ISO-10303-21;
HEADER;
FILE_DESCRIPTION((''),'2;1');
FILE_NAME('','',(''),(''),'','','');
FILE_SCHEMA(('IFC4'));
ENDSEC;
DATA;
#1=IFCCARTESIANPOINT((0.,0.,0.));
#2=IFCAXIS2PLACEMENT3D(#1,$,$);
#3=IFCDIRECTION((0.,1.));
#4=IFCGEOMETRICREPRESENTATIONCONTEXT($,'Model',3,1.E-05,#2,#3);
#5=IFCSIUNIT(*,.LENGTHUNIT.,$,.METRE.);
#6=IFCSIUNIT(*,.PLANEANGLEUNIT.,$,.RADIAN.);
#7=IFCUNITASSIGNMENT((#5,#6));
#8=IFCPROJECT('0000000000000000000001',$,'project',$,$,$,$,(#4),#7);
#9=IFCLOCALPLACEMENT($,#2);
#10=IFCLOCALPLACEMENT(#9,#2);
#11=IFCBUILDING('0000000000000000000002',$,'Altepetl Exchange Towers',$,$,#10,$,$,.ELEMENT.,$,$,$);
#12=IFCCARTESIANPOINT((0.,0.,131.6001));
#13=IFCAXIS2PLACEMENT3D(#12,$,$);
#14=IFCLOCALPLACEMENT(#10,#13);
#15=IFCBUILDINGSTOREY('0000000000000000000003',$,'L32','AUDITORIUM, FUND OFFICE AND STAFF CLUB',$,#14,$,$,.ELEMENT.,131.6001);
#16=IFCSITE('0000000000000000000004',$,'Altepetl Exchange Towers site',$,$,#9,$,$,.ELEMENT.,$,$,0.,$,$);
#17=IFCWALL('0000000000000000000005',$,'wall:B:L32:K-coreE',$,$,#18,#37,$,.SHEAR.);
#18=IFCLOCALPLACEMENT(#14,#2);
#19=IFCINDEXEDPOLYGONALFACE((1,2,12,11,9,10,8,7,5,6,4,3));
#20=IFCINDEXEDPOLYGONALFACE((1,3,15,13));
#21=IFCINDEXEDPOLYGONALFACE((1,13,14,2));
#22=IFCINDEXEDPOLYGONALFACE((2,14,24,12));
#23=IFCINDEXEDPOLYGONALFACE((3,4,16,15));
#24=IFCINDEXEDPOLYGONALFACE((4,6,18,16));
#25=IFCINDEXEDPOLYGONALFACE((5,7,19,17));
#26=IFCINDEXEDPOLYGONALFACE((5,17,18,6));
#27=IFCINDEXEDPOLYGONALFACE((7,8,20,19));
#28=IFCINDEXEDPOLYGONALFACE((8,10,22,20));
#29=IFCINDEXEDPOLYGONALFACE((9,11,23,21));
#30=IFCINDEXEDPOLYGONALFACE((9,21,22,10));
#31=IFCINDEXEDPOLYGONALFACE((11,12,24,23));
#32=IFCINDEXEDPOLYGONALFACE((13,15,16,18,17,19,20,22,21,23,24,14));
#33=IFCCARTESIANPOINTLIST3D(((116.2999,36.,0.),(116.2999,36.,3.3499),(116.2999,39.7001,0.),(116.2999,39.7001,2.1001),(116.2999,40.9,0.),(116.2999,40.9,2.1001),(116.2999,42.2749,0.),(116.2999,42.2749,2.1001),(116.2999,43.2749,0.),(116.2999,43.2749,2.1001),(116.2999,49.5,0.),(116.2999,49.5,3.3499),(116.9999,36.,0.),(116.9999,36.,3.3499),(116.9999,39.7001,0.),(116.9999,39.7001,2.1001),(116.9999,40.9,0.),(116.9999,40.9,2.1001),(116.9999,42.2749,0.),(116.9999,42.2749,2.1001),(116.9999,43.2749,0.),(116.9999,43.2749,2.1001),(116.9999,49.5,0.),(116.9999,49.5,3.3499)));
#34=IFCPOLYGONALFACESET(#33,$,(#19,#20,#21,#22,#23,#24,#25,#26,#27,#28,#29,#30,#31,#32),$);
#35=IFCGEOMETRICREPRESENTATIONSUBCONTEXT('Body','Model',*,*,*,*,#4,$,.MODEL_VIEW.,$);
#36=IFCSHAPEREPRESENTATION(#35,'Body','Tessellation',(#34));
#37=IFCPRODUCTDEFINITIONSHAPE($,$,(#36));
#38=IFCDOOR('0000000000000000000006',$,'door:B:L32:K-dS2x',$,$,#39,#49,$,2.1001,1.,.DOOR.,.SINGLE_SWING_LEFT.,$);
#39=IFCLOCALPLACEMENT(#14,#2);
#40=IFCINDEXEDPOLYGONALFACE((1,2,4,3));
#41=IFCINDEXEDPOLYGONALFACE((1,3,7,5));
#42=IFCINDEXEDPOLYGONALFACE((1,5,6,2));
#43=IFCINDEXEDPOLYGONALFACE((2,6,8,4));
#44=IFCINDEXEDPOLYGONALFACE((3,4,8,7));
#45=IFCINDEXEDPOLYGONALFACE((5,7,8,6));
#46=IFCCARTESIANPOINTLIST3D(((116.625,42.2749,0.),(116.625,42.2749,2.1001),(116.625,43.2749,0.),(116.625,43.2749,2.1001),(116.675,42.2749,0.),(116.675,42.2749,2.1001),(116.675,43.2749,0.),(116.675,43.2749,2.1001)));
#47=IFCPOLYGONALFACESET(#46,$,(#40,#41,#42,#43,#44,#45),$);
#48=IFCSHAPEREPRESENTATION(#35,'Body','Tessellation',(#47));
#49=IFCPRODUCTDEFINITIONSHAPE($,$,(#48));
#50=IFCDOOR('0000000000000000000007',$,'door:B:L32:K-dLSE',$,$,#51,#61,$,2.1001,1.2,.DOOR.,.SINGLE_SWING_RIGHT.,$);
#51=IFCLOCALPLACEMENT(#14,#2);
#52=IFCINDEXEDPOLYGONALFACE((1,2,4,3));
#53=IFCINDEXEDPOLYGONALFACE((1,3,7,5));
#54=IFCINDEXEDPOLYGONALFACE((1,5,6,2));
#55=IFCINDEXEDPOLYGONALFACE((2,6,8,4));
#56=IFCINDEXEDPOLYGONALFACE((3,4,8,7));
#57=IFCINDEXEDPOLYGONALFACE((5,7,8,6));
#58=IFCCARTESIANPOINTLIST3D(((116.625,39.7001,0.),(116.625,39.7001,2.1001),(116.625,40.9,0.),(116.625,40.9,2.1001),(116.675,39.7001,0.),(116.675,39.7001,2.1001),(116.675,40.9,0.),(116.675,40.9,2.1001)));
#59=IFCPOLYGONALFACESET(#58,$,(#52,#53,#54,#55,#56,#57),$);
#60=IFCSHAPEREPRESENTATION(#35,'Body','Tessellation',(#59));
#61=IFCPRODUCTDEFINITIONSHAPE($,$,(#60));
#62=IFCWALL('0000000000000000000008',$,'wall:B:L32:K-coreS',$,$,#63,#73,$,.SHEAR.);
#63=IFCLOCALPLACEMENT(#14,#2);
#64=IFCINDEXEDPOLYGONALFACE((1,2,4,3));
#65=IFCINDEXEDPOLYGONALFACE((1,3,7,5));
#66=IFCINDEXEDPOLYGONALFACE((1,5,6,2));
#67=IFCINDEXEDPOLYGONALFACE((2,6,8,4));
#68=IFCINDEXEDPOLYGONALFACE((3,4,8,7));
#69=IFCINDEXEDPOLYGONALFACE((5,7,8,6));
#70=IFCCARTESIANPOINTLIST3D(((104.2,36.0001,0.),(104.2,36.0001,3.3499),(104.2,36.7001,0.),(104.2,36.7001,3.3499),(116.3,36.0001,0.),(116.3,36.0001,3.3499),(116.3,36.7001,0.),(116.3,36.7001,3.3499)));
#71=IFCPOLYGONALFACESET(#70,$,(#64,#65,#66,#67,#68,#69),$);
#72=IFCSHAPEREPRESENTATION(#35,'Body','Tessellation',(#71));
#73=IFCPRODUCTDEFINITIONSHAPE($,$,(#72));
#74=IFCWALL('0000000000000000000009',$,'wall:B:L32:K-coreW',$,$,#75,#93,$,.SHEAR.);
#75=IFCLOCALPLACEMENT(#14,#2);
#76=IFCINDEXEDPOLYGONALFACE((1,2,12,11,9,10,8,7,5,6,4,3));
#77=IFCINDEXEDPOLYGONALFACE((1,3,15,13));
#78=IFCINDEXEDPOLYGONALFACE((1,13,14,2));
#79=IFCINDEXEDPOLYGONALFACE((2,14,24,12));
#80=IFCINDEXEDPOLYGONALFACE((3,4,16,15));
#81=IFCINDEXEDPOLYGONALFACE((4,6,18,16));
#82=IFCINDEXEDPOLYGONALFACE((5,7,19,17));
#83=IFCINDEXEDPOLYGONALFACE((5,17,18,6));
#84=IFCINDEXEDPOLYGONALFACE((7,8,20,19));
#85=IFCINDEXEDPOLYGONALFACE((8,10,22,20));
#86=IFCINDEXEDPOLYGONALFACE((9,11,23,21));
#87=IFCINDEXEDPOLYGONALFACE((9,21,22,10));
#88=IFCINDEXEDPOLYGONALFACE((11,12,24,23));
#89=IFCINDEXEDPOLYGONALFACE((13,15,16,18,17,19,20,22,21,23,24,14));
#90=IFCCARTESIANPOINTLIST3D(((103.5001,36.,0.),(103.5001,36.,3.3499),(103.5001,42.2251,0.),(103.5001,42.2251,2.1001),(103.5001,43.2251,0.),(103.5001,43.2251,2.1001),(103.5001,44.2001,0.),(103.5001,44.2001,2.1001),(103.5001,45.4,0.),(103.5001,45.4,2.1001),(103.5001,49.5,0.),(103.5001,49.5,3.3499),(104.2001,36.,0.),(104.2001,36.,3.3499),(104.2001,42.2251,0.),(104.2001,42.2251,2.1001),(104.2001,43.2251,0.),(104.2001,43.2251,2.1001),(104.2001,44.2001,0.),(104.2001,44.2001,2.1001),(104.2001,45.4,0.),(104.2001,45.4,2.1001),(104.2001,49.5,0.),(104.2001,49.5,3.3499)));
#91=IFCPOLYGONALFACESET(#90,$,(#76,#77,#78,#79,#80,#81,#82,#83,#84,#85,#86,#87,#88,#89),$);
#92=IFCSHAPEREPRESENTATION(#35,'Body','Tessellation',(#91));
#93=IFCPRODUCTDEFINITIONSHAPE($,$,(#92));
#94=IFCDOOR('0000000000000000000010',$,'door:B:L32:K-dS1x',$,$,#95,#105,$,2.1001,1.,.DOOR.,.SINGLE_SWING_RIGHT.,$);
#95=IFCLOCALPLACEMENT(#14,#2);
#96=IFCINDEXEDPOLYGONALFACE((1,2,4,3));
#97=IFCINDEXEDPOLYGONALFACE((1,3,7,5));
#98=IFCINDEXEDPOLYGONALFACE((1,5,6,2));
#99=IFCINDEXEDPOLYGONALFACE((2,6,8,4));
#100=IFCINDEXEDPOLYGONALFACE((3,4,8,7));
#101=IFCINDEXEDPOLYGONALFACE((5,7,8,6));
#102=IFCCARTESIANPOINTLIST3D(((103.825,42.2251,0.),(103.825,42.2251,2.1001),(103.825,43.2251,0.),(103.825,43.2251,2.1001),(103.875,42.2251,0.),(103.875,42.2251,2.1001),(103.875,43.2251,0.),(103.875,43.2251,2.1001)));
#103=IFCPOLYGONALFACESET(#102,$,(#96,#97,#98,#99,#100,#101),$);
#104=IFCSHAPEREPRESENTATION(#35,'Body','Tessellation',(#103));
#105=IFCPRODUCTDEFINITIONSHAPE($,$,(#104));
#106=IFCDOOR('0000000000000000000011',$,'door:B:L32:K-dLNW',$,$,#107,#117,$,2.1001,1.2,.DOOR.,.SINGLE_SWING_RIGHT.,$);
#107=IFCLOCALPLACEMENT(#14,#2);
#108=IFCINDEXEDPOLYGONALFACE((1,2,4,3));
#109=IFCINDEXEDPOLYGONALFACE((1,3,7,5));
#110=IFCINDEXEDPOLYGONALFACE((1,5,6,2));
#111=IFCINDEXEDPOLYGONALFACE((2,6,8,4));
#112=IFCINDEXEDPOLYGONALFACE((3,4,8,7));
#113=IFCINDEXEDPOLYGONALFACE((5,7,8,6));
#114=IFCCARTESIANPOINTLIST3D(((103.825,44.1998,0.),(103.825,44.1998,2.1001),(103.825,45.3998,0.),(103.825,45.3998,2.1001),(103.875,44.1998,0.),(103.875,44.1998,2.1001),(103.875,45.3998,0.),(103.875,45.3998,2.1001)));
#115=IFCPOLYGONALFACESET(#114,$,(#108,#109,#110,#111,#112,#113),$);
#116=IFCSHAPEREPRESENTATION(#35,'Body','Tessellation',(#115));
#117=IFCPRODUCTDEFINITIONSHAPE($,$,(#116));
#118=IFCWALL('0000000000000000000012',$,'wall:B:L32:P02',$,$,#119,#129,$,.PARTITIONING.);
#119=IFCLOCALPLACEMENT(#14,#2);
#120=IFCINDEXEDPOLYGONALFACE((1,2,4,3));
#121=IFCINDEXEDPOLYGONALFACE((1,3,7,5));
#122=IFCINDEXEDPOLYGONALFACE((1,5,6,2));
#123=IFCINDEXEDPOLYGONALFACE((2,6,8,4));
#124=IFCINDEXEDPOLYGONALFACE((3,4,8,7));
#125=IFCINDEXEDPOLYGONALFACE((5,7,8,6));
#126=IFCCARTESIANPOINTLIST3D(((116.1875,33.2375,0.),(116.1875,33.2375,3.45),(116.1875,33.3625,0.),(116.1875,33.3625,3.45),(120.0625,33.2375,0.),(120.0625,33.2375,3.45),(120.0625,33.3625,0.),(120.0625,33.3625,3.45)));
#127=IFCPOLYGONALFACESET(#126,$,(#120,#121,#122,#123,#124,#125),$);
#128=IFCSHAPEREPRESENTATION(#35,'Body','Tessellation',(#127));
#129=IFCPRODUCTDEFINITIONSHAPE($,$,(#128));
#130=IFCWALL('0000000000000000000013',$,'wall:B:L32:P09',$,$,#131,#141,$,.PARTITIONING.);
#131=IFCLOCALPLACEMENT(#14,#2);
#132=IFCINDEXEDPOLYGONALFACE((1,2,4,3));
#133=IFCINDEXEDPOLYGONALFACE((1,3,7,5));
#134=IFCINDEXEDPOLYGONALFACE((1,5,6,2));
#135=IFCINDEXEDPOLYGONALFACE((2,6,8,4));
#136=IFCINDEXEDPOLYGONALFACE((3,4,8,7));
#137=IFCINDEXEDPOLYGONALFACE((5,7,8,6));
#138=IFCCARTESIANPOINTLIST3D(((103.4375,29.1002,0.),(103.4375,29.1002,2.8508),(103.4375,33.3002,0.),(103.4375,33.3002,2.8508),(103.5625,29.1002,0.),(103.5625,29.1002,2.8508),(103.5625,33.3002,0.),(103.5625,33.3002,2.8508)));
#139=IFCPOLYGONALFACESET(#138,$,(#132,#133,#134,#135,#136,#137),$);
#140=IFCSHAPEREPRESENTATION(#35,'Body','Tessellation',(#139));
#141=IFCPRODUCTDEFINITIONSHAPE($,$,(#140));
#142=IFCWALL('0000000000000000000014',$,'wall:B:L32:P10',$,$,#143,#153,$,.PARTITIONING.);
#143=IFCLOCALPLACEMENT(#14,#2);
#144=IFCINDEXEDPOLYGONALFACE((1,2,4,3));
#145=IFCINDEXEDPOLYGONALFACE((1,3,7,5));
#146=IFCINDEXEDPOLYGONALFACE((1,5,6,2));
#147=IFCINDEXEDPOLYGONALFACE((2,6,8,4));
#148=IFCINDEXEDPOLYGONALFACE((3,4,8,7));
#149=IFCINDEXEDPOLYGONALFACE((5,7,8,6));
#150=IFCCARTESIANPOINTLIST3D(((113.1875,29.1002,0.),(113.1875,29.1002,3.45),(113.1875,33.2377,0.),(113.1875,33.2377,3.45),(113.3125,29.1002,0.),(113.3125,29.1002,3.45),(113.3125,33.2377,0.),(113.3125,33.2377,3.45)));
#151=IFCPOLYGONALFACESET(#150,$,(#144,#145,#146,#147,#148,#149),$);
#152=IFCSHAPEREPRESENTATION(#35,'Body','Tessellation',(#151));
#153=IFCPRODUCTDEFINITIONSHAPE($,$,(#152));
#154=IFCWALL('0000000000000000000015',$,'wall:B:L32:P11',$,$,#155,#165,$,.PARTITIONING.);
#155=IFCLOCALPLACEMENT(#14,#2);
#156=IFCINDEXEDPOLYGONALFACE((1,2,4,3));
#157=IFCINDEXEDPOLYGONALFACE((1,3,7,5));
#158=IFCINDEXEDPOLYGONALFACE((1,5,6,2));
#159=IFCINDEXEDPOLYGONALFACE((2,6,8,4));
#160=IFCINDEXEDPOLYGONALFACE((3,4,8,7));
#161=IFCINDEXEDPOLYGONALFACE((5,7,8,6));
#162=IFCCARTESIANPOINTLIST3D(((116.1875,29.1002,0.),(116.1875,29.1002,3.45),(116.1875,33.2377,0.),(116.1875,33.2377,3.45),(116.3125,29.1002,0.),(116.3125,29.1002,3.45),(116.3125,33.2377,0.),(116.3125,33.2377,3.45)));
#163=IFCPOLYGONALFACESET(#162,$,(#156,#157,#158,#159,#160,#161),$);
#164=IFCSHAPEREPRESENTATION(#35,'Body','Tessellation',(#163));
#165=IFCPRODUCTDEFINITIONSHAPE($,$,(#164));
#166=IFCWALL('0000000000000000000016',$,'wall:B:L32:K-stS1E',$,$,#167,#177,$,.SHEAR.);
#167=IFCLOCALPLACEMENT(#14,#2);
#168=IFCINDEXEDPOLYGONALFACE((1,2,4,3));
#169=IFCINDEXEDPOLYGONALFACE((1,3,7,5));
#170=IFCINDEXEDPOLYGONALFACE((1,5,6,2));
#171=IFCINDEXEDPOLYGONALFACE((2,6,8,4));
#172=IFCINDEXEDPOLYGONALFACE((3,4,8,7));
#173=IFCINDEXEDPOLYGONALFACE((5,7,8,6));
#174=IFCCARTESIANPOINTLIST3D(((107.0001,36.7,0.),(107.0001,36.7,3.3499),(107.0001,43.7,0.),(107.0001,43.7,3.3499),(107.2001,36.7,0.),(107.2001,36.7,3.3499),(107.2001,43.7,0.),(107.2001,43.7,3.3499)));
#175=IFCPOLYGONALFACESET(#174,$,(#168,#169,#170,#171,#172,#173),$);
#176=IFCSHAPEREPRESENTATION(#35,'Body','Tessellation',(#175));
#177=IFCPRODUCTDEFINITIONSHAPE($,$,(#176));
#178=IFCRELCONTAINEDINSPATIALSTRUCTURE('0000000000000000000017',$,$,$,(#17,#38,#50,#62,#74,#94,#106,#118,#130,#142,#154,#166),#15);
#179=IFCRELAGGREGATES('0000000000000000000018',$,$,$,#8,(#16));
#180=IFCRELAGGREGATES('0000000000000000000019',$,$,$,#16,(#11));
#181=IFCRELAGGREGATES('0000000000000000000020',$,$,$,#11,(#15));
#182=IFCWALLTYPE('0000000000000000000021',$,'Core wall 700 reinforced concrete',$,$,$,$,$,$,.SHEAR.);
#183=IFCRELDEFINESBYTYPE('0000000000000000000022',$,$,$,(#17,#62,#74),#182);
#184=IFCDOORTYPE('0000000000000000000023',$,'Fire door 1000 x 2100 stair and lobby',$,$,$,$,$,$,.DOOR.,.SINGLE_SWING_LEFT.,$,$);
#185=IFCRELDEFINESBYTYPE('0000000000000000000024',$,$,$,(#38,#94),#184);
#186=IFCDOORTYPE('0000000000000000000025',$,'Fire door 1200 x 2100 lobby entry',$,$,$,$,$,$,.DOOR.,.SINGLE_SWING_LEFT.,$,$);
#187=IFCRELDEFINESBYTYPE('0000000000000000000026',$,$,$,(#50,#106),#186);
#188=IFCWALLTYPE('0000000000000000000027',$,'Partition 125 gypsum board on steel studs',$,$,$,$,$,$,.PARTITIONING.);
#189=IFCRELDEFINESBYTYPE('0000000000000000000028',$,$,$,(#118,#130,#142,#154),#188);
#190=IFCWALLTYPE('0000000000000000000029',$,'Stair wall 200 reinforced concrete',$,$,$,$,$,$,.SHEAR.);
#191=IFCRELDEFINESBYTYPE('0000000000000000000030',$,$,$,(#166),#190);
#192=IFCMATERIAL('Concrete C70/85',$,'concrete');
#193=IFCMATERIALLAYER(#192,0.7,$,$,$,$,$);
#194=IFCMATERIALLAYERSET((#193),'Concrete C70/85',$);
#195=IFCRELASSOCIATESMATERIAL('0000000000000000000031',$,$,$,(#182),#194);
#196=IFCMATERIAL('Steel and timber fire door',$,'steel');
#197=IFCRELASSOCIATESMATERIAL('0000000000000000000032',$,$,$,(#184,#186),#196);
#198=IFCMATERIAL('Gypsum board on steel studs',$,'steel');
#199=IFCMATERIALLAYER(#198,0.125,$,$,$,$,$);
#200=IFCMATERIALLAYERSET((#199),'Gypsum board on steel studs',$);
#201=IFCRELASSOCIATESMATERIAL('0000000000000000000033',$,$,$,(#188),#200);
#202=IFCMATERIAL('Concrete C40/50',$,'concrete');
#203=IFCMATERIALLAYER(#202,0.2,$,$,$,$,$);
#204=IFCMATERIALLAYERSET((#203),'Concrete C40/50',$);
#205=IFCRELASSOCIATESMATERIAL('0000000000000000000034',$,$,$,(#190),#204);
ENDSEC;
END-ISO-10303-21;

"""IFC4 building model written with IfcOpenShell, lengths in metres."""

from ifc_helpers import new_model, si_unit, direction, frame, frame_2d, origin, place, context, subcontext, project, spatial, rectangle, extrude, material, layer, layer_set, type_object, element, fill, save


model = new_model("IFC4")

# Units and contexts
model_context = context("Model", 3, precision=1e-05, world=origin(), true_north=direction((0.0, 1.0)))
body_context = subcontext(model_context, "Body", "Model", "MODEL_VIEW")
ifc_project = project(units=[si_unit("LENGTHUNIT", "METRE"), si_unit("PLANEANGLEUNIT", "RADIAN")], contexts=[model_context])

# Site, building, storey
site_placement = place(None, origin())
site = spatial("IfcSite", under=ifc_project, at=site_placement, Name="Altepetl Exchange Towers site", CompositionType="ELEMENT", RefElevation=0.0)
building_placement = place(site_placement, origin())
building = spatial("IfcBuilding", under=site, at=building_placement, Name="Altepetl Exchange Towers", CompositionType="ELEMENT")
storey_placement = place(building_placement, frame((0.0, 0.0, 131.6001)))
storey = spatial("IfcBuildingStorey", under=building, at=storey_placement, Name="L32", Description="AUDITORIUM, FUND OFFICE AND STAFF CLUB", CompositionType="ELEMENT", Elevation=131.6001)

# Shared definitions
ifc_material_1 = material(Name="Concrete C70/85", Category="concrete")

# Wall, openings, doors
ifc_layer_1 = layer(ifc_material_1, 0.7)
ifc_layer_set_1 = layer_set([ifc_layer_1], Name="Concrete C70/85")
wall_type_1 = type_object("IfcWallType", Name="Core wall 700 reinforced concrete", PredefinedType="SHEAR", material=ifc_layer_set_1)
wall_1_placement = place(storey_placement, frame((116.6499, 36.0, 0.0), z_axis=(0.0, 0.0, 1.0), x_axis=(0.0, 1.0, 0.0)))
wall_1 = element("IfcWall", 1, at=wall_1_placement, inside=storey, type_object=wall_type_1, Name="wall:B:L32:K-coreE", PredefinedType="SHEAR", context=body_context, shape_type="SweptSolid", body=[
    extrude(rectangle(XDim=13.5, YDim=0.7, at=frame_2d((6.75, 0.0))), origin(), (0.0, 0.0, 1.0), 3.3499),
])
opening_1_placement = place(wall_1_placement, frame((3.7, 0.0, 0.0)))
opening_1 = element("IfcOpeningElement", 2, at=opening_1_placement, cuts=wall_1, PredefinedType="OPENING", context=body_context, shape_type="SweptSolid", body=[
    extrude(rectangle(XDim=1.2, YDim=2.1001, at=frame_2d((0.6001, 1.05))), frame((0.0, 0.3599, 0.0), z_axis=(0.0, -1.0, 0.0), x_axis=(1.0, 0.0, 0.0)), (0.0, 0.0, 1.0), 0.72),
])
opening_2_placement = place(wall_1_placement, frame((6.2749, 0.0, 0.0)))
opening_2 = element("IfcOpeningElement", 3, at=opening_2_placement, cuts=wall_1, PredefinedType="OPENING", context=body_context, shape_type="SweptSolid", body=[
    extrude(rectangle(XDim=1.0, YDim=2.1001, at=frame_2d((0.5, 1.05))), frame((0.0, 0.3599, 0.0), z_axis=(0.0, -1.0, 0.0), x_axis=(1.0, 0.0, 0.0)), (0.0, 0.0, 1.0), 0.72),
])
ifc_material_2 = material(Name="Steel and timber fire door", Category="steel")
door_type_1 = type_object("IfcDoorType", Name="Fire door 1000 x 2100 stair and lobby", OperationType="SINGLE_SWING_LEFT", PredefinedType="DOOR", material=ifc_material_2)
door_1_placement = place(opening_2_placement, origin())
door_1 = element("IfcDoor", 4, at=door_1_placement, inside=storey, type_object=door_type_1, Name="door:B:L32:K-dS2x", OperationType="SINGLE_SWING_LEFT", OverallHeight=2.1001, OverallWidth=1.0, PredefinedType="DOOR", context=body_context, shape_type="SweptSolid", body=[
    extrude(rectangle(XDim=1.0, YDim=2.1001, at=frame_2d((0.5, 1.05))), frame((0.0, 0.0249, 0.0), z_axis=(0.0, -1.0, 0.0), x_axis=(1.0, 0.0, 0.0)), (0.0, 0.0, 1.0), 0.05),
])
fill(opening_2, door_1)
door_type_2 = type_object("IfcDoorType", Name="Fire door 1200 x 2100 lobby entry", OperationType="SINGLE_SWING_LEFT", PredefinedType="DOOR", material=ifc_material_2)
door_2_placement = place(opening_1_placement, origin())
door_2 = element("IfcDoor", 5, at=door_2_placement, inside=storey, type_object=door_type_2, Name="door:B:L32:K-dLSE", OperationType="SINGLE_SWING_RIGHT", OverallHeight=2.1001, OverallWidth=1.2, PredefinedType="DOOR", context=body_context, shape_type="SweptSolid", body=[
    extrude(rectangle(XDim=1.2, YDim=2.1001, at=frame_2d((0.6001, 1.05))), frame((0.0, 0.0249, 0.0), z_axis=(0.0, -1.0, 0.0), x_axis=(1.0, 0.0, 0.0)), (0.0, 0.0, 1.0), 0.05),
])
fill(opening_1, door_2)

# Wall
wall_2_placement = place(storey_placement, frame((104.2, 36.3501, 0.0)))
element("IfcWall", 6, at=wall_2_placement, inside=storey, type_object=wall_type_1, Name="wall:B:L32:K-coreS", PredefinedType="SHEAR", context=body_context, shape_type="SweptSolid", body=[
    extrude(rectangle(XDim=12.1001, YDim=0.7, at=frame_2d((6.05, 0.0))), origin(), (0.0, 0.0, 1.0), 3.3499),
])

# Wall, openings, doors
wall_3_placement = place(storey_placement, frame((103.8501, 36.0, 0.0), z_axis=(0.0, 0.0, 1.0), x_axis=(0.0, 1.0, 0.0)))
wall_3 = element("IfcWall", 7, at=wall_3_placement, inside=storey, type_object=wall_type_1, Name="wall:B:L32:K-coreW", PredefinedType="SHEAR", context=body_context, shape_type="SweptSolid", body=[
    extrude(rectangle(XDim=13.5, YDim=0.7, at=frame_2d((6.75, 0.0))), origin(), (0.0, 0.0, 1.0), 3.3499),
])
opening_3_placement = place(wall_3_placement, frame((8.2, 0.0, 0.0)))
opening_3 = element("IfcOpeningElement", 8, at=opening_3_placement, cuts=wall_3, PredefinedType="OPENING", context=body_context, shape_type="SweptSolid", body=[
    extrude(rectangle(XDim=1.2, YDim=2.1001, at=frame_2d((0.6001, 1.05))), frame((0.0, 0.3599, 0.0), z_axis=(0.0, -1.0, 0.0), x_axis=(1.0, 0.0, 0.0)), (0.0, 0.0, 1.0), 0.72),
])
opening_4_placement = place(wall_3_placement, frame((6.2251, 0.0, 0.0)))
opening_4 = element("IfcOpeningElement", 9, at=opening_4_placement, cuts=wall_3, PredefinedType="OPENING", context=body_context, shape_type="SweptSolid", body=[
    extrude(rectangle(XDim=1.0, YDim=2.1001, at=frame_2d((0.5, 1.05))), frame((0.0, 0.3599, 0.0), z_axis=(0.0, -1.0, 0.0), x_axis=(1.0, 0.0, 0.0)), (0.0, 0.0, 1.0), 0.72),
])
door_3_placement = place(opening_4_placement, frame((1.0, 0.0, 0.0), x_axis=(-1.0, 0.0, 0.0)))
door_3 = element("IfcDoor", 10, at=door_3_placement, inside=storey, type_object=door_type_1, Name="door:B:L32:K-dS1x", OperationType="SINGLE_SWING_RIGHT", OverallHeight=2.1001, OverallWidth=1.0, PredefinedType="DOOR", context=body_context, shape_type="SweptSolid", body=[
    extrude(rectangle(XDim=1.0, YDim=2.1001, at=frame_2d((0.5, 1.05))), frame((0.0, 0.0249, 0.0), z_axis=(0.0, -1.0, 0.0), x_axis=(1.0, 0.0, 0.0)), (0.0, 0.0, 1.0), 0.05),
])
fill(opening_4, door_3)
door_4_placement = place(opening_3_placement, frame((1.2, 0.0, 0.0), x_axis=(-1.0, 0.0, 0.0)))
door_4 = element("IfcDoor", 11, at=door_4_placement, inside=storey, type_object=door_type_2, Name="door:B:L32:K-dLNW", OperationType="SINGLE_SWING_RIGHT", OverallHeight=2.1001, OverallWidth=1.2, PredefinedType="DOOR", context=body_context, shape_type="SweptSolid", body=[
    extrude(rectangle(XDim=1.2, YDim=2.1001, at=frame_2d((0.6001, 1.05))), frame((0.0, 0.0249, 0.0), z_axis=(0.0, -1.0, 0.0), x_axis=(1.0, 0.0, 0.0)), (0.0, 0.0, 1.0), 0.05),
])
fill(opening_3, door_4)

# Walls
ifc_material_3 = material(Name="Gypsum board on steel studs", Category="steel")
ifc_layer_2 = layer(ifc_material_3, 0.125)
ifc_layer_set_2 = layer_set([ifc_layer_2], Name="Gypsum board on steel studs")
wall_type_2 = type_object("IfcWallType", Name="Partition 125 gypsum board on steel studs", PredefinedType="PARTITIONING", material=ifc_layer_set_2)
wall_4_placement = place(storey_placement, frame((116.1875, 33.3, 0.0)))
element("IfcWall", 12, at=wall_4_placement, inside=storey, type_object=wall_type_2, Name="wall:B:L32:P02", PredefinedType="PARTITIONING", context=body_context, shape_type="SweptSolid", body=[
    extrude(rectangle(XDim=3.875, YDim=0.125, at=frame_2d((1.9375, 0.0))), origin(), (0.0, 0.0, 1.0), 3.45),
])
wall_5_placement = place(storey_placement, frame((103.5, 29.1001, 0.0), z_axis=(0.0, 0.0, 1.0), x_axis=(0.0, 1.0, 0.0)))
element("IfcWall", 13, at=wall_5_placement, inside=storey, type_object=wall_type_2, Name="wall:B:L32:P09", PredefinedType="PARTITIONING", context=body_context, shape_type="SweptSolid", body=[
    extrude(rectangle(XDim=4.2, YDim=0.125, at=frame_2d((2.1001, 0.0))), origin(), (0.0, 0.0, 1.0), 2.8508),
])
for number, where, z_axis, x_axis, name in (
    (14, (113.25, 29.1001, 0.0), (0.0, 0.0, 1.0), (0.0, 1.0, 0.0), "wall:B:L32:P10"),
    (15, (116.25, 29.1001, 0.0), (0.0, 0.0, 1.0), (0.0, 1.0, 0.0), "wall:B:L32:P11"),
):
    element("IfcWall", number, at=place(storey_placement, frame(where, z_axis=z_axis, x_axis=x_axis)), inside=storey, type_object=wall_type_2, Name=name, PredefinedType="PARTITIONING", context=body_context, shape_type="SweptSolid", body=[
        extrude(rectangle(XDim=4.1375, YDim=0.125, at=frame_2d((2.0688, 0.0))), origin(), (0.0, 0.0, 1.0), 3.45),
    ])
ifc_material_4 = material(Name="Concrete C40/50", Category="concrete")
ifc_layer_3 = layer(ifc_material_4, 0.2)
ifc_layer_set_3 = layer_set([ifc_layer_3], Name="Concrete C40/50")
wall_type_3 = type_object("IfcWallType", Name="Stair wall 200 reinforced concrete", PredefinedType="SHEAR", material=ifc_layer_set_3)
wall_6_placement = place(storey_placement, frame((107.1001, 36.7, 0.0), z_axis=(0.0, 0.0, 1.0), x_axis=(0.0, 1.0, 0.0)))
element("IfcWall", 16, at=wall_6_placement, inside=storey, type_object=wall_type_3, Name="wall:B:L32:K-stS1E", PredefinedType="SHEAR", context=body_context, shape_type="SweptSolid", body=[
    extrude(rectangle(XDim=7.0, YDim=0.2, at=frame_2d((3.5, 0.0))), origin(), (0.0, 0.0, 1.0), 3.3499),
])

save(model, "model.ifc")
